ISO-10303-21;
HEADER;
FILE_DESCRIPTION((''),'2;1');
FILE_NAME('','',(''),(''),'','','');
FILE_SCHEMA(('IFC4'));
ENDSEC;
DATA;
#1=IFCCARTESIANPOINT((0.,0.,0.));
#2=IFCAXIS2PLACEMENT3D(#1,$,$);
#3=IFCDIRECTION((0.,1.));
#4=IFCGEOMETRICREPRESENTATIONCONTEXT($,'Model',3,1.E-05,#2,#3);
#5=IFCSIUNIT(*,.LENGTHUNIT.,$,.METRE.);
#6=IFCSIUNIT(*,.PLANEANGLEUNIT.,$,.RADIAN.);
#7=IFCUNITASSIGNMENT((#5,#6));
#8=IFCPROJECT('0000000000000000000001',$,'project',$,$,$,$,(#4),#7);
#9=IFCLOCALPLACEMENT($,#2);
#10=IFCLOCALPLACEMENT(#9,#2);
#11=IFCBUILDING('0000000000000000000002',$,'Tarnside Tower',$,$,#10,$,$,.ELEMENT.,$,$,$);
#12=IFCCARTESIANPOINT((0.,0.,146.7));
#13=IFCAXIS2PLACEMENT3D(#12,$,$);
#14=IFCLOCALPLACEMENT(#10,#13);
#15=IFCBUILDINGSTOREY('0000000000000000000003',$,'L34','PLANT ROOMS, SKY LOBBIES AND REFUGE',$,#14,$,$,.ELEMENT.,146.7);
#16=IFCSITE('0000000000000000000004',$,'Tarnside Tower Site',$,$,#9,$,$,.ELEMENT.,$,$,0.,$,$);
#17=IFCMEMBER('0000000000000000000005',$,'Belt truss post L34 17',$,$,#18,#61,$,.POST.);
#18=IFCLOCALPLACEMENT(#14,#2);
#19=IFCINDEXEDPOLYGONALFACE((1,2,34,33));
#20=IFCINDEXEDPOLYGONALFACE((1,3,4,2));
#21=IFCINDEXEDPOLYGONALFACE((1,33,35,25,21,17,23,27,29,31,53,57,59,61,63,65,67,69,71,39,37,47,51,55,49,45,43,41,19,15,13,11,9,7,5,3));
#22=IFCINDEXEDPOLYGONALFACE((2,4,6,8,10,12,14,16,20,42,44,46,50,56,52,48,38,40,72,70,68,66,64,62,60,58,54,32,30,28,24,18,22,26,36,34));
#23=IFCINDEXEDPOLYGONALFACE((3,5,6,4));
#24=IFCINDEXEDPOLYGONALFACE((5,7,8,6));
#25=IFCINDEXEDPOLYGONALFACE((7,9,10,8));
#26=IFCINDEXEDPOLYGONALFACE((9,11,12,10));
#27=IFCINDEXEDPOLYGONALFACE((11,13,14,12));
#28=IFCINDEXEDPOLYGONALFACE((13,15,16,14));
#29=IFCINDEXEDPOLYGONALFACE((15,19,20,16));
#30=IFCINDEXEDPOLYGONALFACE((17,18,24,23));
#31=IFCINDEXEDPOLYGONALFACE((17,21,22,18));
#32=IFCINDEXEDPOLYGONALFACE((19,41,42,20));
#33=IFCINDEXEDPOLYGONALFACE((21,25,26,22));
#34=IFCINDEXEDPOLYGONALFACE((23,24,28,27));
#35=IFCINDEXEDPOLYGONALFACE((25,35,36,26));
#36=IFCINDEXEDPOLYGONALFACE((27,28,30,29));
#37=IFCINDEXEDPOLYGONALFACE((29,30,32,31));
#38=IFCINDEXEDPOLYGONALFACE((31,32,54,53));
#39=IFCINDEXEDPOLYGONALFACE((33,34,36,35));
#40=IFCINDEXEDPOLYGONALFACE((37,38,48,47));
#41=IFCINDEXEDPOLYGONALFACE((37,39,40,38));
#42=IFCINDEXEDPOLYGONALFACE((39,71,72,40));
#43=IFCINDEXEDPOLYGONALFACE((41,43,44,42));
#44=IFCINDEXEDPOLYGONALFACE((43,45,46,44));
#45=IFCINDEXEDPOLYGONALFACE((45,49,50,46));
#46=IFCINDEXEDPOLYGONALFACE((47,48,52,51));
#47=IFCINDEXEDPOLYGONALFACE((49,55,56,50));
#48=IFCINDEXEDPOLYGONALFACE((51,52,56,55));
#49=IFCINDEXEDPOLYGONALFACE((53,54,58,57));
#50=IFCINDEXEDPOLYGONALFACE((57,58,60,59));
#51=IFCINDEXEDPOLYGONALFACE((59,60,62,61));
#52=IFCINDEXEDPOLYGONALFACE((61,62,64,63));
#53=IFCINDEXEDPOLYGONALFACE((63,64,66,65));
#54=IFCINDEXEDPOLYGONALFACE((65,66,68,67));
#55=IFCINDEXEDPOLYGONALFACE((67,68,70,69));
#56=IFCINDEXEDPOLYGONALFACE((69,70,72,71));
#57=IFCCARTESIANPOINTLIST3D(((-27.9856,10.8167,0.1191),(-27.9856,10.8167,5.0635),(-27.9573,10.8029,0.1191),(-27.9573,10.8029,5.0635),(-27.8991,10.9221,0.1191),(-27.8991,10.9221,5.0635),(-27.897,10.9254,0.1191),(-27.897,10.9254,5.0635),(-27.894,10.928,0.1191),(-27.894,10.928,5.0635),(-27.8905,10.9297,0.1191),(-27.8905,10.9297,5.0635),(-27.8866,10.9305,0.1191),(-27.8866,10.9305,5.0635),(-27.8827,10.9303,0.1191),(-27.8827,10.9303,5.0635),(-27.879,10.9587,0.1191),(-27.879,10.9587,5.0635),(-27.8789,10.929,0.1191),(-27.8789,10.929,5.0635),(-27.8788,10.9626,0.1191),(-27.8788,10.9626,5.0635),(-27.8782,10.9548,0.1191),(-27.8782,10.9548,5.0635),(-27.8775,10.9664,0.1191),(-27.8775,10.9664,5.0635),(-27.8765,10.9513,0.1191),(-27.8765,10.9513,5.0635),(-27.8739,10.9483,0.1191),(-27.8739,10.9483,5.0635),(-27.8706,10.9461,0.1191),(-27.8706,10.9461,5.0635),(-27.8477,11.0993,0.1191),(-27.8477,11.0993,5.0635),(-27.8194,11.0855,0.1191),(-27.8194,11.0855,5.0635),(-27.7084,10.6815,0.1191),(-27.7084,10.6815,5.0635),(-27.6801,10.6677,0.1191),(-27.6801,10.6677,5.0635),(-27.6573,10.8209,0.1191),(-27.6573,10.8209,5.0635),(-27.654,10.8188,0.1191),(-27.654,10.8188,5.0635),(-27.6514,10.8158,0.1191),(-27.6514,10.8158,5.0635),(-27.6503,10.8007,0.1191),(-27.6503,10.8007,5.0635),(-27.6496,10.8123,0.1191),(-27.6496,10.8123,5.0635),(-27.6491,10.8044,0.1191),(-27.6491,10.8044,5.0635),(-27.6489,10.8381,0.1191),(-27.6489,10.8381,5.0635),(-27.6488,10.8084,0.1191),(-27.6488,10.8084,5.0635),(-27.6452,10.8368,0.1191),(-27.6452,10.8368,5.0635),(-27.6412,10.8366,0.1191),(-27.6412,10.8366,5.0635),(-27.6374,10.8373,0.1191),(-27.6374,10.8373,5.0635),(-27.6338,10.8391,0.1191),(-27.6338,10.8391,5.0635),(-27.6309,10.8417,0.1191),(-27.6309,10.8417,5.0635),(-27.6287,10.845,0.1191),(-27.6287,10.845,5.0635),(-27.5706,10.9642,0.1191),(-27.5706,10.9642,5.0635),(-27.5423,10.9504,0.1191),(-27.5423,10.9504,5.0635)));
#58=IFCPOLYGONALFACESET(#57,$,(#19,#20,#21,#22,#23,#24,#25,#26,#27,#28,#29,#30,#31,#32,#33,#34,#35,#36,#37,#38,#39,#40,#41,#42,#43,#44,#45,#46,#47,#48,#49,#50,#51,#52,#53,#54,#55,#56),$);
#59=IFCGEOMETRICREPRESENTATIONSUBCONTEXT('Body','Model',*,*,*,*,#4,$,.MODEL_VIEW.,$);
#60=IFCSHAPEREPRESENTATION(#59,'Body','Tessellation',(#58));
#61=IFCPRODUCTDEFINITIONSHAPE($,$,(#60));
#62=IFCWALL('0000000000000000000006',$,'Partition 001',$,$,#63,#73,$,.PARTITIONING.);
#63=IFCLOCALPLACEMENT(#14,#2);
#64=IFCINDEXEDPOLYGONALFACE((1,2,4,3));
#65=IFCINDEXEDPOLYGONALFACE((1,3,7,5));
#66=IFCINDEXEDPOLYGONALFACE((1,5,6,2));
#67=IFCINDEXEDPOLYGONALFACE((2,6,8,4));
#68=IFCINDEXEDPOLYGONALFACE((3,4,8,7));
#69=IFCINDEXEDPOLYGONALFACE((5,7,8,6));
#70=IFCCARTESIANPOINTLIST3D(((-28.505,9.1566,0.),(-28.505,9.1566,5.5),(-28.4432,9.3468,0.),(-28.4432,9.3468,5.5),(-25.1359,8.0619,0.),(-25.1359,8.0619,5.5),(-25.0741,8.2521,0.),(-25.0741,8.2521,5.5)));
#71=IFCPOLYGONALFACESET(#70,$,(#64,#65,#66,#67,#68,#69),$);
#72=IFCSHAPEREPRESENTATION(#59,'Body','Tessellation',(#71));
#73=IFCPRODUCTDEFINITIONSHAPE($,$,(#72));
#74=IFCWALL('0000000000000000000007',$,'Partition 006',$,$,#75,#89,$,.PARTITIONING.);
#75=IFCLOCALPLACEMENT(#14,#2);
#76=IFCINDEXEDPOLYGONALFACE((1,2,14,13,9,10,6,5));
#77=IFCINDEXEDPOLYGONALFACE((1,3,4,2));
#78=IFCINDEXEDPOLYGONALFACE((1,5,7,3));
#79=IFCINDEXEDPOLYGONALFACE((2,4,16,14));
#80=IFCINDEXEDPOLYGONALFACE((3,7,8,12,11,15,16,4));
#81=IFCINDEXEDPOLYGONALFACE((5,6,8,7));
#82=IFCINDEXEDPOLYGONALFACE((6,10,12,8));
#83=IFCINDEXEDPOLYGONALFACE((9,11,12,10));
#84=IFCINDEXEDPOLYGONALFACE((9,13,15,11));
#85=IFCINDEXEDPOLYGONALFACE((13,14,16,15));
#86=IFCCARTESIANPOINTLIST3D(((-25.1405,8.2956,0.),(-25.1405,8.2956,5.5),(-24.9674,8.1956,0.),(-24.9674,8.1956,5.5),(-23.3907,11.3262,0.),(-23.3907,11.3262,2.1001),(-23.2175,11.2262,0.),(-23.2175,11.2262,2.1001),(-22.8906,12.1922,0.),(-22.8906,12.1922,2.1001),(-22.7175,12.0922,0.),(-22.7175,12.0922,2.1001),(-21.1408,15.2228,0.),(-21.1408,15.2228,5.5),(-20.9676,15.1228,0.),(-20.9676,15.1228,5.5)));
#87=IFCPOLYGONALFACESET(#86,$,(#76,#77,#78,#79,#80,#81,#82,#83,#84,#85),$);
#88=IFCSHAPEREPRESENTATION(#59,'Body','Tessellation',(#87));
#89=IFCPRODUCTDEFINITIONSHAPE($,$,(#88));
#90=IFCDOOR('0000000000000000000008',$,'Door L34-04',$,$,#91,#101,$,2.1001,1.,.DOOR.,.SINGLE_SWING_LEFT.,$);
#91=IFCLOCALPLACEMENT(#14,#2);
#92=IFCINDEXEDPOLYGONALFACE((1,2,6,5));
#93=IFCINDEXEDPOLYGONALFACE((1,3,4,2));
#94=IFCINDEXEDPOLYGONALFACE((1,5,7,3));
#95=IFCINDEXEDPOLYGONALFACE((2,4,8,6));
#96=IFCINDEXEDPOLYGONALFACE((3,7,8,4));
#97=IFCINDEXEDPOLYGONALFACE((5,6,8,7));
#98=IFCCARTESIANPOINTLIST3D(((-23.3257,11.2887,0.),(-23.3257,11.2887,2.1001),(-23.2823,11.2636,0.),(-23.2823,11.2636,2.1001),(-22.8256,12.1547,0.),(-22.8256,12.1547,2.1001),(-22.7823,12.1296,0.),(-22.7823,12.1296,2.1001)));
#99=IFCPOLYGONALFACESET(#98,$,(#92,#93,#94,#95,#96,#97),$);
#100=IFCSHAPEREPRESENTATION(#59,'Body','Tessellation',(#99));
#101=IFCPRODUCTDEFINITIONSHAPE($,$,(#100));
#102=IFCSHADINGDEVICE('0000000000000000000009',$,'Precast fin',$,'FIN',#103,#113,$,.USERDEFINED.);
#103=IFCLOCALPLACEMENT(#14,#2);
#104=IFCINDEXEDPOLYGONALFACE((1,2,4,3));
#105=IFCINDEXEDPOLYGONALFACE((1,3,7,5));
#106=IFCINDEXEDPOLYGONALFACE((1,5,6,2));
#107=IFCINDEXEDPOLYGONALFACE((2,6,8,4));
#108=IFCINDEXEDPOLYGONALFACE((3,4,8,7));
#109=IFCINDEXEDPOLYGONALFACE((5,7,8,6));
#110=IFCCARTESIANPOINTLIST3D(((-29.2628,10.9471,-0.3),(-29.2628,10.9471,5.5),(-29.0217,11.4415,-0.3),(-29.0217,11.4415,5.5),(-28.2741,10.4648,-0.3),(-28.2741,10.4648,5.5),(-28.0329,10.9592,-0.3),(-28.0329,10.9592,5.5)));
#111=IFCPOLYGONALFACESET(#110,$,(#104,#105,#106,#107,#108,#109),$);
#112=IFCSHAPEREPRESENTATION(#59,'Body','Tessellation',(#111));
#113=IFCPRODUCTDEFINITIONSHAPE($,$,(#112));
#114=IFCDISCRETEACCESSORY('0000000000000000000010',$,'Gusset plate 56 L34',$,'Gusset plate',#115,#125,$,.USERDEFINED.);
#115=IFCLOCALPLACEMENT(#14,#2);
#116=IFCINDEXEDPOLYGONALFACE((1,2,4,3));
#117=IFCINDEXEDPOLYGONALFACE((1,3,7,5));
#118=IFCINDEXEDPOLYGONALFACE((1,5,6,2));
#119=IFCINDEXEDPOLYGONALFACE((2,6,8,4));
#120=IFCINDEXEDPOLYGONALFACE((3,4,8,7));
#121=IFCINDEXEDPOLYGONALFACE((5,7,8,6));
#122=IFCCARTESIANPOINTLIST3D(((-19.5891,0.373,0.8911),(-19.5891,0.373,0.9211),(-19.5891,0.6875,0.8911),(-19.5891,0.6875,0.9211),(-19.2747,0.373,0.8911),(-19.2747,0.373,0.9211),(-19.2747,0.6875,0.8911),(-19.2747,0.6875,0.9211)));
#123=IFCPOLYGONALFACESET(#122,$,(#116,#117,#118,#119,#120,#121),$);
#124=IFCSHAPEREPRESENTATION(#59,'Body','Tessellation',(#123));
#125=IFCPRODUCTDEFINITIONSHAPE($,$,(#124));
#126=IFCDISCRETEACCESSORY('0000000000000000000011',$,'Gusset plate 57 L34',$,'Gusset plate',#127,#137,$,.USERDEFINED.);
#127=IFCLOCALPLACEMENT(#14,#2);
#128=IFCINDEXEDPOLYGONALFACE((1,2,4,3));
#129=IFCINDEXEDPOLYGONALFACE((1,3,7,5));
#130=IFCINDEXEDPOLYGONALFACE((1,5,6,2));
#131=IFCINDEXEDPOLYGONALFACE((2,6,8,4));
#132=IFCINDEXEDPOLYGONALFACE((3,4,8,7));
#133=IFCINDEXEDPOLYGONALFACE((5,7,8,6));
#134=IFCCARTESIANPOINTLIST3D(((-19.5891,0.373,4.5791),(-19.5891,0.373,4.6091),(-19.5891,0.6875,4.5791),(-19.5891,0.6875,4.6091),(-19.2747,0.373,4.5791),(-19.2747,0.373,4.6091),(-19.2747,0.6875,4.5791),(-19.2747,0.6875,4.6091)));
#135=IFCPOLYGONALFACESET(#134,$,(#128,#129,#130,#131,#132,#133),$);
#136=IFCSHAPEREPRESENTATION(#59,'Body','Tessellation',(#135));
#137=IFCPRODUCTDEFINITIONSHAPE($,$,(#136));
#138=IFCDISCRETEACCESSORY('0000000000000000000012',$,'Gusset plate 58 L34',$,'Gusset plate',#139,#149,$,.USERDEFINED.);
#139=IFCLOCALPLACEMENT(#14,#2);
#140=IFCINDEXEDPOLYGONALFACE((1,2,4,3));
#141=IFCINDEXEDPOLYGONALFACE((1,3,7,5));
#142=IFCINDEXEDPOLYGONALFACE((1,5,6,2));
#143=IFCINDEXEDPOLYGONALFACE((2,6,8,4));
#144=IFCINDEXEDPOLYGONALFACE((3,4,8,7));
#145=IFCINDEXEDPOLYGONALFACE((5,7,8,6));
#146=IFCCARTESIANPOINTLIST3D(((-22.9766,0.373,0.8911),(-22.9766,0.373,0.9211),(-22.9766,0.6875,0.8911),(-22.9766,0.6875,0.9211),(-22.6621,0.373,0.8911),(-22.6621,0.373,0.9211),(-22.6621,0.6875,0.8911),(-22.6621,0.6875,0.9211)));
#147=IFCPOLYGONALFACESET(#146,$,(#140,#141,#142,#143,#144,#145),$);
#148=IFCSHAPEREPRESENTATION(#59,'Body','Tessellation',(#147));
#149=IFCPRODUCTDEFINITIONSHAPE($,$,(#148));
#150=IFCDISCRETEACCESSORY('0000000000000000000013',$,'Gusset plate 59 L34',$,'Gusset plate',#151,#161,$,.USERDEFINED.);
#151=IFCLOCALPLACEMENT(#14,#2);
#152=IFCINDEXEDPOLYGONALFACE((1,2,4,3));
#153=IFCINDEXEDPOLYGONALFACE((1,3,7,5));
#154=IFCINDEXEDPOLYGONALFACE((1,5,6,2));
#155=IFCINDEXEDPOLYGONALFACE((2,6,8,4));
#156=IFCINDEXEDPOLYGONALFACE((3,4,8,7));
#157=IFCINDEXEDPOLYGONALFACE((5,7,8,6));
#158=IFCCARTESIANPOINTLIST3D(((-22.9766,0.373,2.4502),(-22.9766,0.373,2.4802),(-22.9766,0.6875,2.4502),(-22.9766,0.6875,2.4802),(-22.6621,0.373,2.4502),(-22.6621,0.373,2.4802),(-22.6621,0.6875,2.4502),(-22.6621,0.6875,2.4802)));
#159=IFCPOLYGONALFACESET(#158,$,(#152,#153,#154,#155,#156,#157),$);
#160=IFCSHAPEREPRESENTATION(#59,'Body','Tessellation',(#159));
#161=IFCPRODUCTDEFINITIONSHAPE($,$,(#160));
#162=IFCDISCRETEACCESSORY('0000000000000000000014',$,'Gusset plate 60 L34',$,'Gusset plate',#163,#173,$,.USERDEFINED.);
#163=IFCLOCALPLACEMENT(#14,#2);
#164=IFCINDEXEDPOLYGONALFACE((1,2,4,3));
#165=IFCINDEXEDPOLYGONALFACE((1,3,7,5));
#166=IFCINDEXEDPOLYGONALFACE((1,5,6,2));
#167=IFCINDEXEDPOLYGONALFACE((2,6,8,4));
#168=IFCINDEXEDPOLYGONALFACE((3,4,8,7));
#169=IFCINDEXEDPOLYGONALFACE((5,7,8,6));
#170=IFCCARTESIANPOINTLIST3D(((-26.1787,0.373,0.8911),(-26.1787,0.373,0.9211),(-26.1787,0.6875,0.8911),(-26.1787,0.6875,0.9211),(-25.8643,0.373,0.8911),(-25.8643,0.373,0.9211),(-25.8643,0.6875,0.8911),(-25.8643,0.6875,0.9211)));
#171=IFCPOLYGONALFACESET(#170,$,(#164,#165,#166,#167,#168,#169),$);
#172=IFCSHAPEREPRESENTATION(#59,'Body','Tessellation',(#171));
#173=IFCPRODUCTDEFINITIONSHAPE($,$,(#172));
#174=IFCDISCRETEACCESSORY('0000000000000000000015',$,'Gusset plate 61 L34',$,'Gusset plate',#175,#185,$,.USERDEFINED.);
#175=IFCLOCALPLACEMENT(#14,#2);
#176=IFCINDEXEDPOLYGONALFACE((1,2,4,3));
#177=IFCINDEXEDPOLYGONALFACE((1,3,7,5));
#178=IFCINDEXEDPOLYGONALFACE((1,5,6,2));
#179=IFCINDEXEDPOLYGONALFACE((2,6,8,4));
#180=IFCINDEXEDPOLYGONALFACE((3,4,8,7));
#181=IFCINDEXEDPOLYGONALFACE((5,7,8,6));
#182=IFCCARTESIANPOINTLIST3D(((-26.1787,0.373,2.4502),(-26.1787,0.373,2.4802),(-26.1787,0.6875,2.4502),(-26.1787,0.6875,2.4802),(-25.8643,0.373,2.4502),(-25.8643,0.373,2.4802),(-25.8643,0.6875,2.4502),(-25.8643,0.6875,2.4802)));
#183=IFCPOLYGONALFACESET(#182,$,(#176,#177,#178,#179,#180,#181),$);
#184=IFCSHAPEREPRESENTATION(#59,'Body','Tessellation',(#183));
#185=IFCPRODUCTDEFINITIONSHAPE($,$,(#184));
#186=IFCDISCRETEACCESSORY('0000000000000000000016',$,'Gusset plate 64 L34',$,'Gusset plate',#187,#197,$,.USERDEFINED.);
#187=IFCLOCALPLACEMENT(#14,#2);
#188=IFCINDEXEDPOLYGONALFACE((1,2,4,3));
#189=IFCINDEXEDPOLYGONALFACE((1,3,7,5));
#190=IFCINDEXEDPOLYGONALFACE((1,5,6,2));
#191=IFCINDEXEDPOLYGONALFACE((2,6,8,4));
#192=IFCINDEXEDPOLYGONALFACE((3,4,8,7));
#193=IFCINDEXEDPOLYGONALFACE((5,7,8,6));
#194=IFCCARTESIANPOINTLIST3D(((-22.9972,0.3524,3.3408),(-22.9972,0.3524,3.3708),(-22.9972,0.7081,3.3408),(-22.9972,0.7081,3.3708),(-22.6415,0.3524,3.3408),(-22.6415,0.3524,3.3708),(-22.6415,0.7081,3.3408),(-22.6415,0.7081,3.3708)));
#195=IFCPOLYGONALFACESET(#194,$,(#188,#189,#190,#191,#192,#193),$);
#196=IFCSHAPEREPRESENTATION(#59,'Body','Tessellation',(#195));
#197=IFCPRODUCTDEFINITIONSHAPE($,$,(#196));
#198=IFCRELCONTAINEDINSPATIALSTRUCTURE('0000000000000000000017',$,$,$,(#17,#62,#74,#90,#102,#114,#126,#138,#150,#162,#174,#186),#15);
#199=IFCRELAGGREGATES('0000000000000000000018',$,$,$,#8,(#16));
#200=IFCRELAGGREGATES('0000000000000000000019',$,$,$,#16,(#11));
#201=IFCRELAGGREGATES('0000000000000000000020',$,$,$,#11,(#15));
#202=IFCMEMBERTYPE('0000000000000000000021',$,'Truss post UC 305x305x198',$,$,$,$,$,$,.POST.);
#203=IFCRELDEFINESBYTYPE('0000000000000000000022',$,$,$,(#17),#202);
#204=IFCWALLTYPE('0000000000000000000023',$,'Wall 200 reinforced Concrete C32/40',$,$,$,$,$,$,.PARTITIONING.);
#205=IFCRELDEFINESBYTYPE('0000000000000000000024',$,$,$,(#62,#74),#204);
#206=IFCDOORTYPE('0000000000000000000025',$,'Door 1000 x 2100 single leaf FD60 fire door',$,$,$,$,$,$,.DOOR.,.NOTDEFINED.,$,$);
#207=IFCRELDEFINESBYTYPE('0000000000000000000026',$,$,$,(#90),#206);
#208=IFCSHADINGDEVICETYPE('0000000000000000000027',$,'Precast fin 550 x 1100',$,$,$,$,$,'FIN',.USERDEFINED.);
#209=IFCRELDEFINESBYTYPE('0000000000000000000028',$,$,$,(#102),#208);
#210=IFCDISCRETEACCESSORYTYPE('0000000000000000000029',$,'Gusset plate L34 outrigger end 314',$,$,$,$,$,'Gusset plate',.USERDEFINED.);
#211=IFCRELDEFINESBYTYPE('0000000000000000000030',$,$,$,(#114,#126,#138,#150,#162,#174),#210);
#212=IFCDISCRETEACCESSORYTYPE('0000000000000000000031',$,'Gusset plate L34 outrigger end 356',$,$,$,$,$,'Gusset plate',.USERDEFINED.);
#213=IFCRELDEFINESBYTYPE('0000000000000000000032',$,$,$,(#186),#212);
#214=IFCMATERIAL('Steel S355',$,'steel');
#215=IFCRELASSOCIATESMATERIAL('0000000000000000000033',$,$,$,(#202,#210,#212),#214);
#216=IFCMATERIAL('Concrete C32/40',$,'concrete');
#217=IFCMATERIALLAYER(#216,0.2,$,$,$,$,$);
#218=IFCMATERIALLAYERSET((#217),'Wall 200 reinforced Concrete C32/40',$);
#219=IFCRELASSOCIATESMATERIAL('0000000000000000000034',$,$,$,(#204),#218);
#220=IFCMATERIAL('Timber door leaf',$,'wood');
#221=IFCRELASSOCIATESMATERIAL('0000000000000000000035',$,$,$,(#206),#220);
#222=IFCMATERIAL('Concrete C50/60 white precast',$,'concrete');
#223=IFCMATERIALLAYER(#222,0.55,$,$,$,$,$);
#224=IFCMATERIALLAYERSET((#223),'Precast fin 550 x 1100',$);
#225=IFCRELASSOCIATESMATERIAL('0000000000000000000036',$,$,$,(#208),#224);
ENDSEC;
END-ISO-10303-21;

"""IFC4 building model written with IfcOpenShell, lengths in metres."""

from ifc_helpers import new_model, si_unit, direction, frame, frame_2d, origin, origin_2d, place, context, subcontext, project, spatial, polyline, rectangle, i_section, outline, extrude, material, layer, layer_set, material_profile, profile_set, type_object, element, fill, save


model = new_model("IFC4")

# Units and contexts
model_context = context("Model", 3, precision=1e-05, world=origin(), true_north=direction((0.0, 1.0)))
body_context = subcontext(model_context, "Body", "Model", "MODEL_VIEW")
ifc_project = project(units=[si_unit("LENGTHUNIT", "METRE"), si_unit("PLANEANGLEUNIT", "RADIAN")], contexts=[model_context])

# Site, building, storey
site_placement = place(None, origin())
site = spatial("IfcSite", under=ifc_project, at=site_placement, Name="Tarnside Tower Site", CompositionType="ELEMENT", RefElevation=0.0)
building_placement = place(site_placement, origin())
building = spatial("IfcBuilding", under=site, at=building_placement, Name="Tarnside Tower", CompositionType="ELEMENT")
storey_placement = place(building_placement, frame((0.0, 0.0, 146.7)))
storey = spatial("IfcBuildingStorey", under=building, at=storey_placement, Name="L34", Description="PLANT ROOMS, SKY LOBBIES AND REFUGE", CompositionType="ELEMENT", Elevation=146.7)

# Shared definitions
ifc_material_1 = material(Name="Steel S355", Category="steel")

# Member
ifc_material_profile_1 = material_profile(ifc_material_1, i_section(OverallWidth=0.3145, OverallDepth=0.3398, WebThickness=0.019, FlangeThickness=0.0315, FilletRadius=0.0151, at=origin_2d()), Name="UC 305x305x198")
ifc_profile_set_1 = profile_set([ifc_material_profile_1], Name="Steel S355")
member_type_1 = type_object("IfcMemberType", Name="Truss post UC 305x305x198", PredefinedType="POST", material=ifc_profile_set_1)
member_1_placement = place(storey_placement, frame((-27.7639, 10.8835, 0.1191), z_axis=(0.0, 0.0, 1.0), x_axis=(-0.438371, -0.898794, 0.0)))
element("IfcMember", 1, at=member_1_placement, inside=storey, type_object=member_type_1, Name="Belt truss post L34 17", PredefinedType="POST", context=body_context, shape_type="SweptSolid", body=[
    extrude(i_section(OverallWidth=0.3145, OverallDepth=0.3398, WebThickness=0.019, FlangeThickness=0.0315, FilletRadius=0.0151, at=origin_2d()), origin(), (0.0, 0.0, 1.0), 4.9443),
])

# Wall
ifc_material_2 = material(Name="Concrete C32/40", Category="concrete")
ifc_layer_1 = layer(ifc_material_2, 0.2)
ifc_layer_set_1 = layer_set([ifc_layer_1], Name="Wall 200 reinforced Concrete C32/40")
wall_type = type_object("IfcWallType", Name="Wall 200 reinforced Concrete C32/40", PredefinedType="PARTITIONING", material=ifc_layer_set_1)
wall_1_placement = place(storey_placement, frame((-28.4741, 9.2517, 0.0), z_axis=(0.0, 0.0, 1.0), x_axis=(0.951054, -0.309024, 0.0)))
element("IfcWall", 2, at=wall_1_placement, inside=storey, type_object=wall_type, Name="Partition 001", PredefinedType="PARTITIONING", context=body_context, shape_type="SweptSolid", body=[
    extrude(rectangle(XDim=3.5425, YDim=0.2, at=frame_2d((1.7712, 0.0))), origin(), (0.0, 0.0, 1.0), 5.5),
])

# Wall, opening, door
wall_2_placement = place(storey_placement, frame((-25.054, 8.2456, 0.0), z_axis=(0.0, 0.0, 1.0), x_axis=(0.500029, 0.866009, 0.0)))
wall_2 = element("IfcWall", 3, at=wall_2_placement, inside=storey, type_object=wall_type, Name="Partition 006", PredefinedType="PARTITIONING", context=body_context, shape_type="SweptSolid", body=[
    extrude(rectangle(XDim=7.999, YDim=0.2, at=frame_2d((3.9995, 0.0))), origin(), (0.0, 0.0, 1.0), 5.5),
])
opening_placement = place(wall_2_placement, frame((3.4995, 0.0, 0.0)))
opening = element("IfcOpeningElement", 4, at=opening_placement, cuts=wall_2, PredefinedType="OPENING", context=body_context, shape_type="SweptSolid", body=[
    extrude(rectangle(XDim=1.0, YDim=2.1001, at=frame_2d((0.5, 1.05))), frame((0.0, 0.1099, 0.0), z_axis=(0.0, -1.0, 0.0), x_axis=(1.0, 0.0, 0.0)), (0.0, 0.0, 1.0), 0.22),
])
ifc_material_3 = material(Name="Timber door leaf", Category="wood")
door_type = type_object("IfcDoorType", Name="Door 1000 x 2100 single leaf FD60 fire door", OperationType="NOTDEFINED", PredefinedType="DOOR", material=ifc_material_3)
door_placement = place(opening_placement, origin())
door = element("IfcDoor", 5, at=door_placement, inside=storey, type_object=door_type, Name="Door L34-04", OperationType="SINGLE_SWING_LEFT", OverallHeight=2.1001, OverallWidth=1.0, PredefinedType="DOOR", context=body_context, shape_type="SweptSolid", body=[
    extrude(rectangle(XDim=1.0, YDim=2.1001, at=frame_2d((0.5, 1.05))), frame((0.0, 0.0249, 0.0), z_axis=(0.0, -1.0, 0.0), x_axis=(1.0, 0.0, 0.0)), (0.0, 0.0, 1.0), 0.05),
])
fill(opening, door)

# Shading device
ifc_material_4 = material(Name="Concrete C50/60 white precast", Category="concrete")
ifc_layer_2 = layer(ifc_material_4, 0.55)
ifc_layer_set_2 = layer_set([ifc_layer_2], Name="Precast fin 550 x 1100")
shading_device_type = type_object("IfcShadingDeviceType", Name="Precast fin 550 x 1100", ElementType="FIN", PredefinedType="USERDEFINED", material=ifc_layer_set_2)
shading_device_placement = place(storey_placement, frame((-28.1536, 10.7119, -0.3), z_axis=(0.438371, 0.898794, 0.0), x_axis=(-0.898794, 0.438371, 0.0)))
element("IfcShadingDevice", 6, at=shading_device_placement, inside=storey, type_object=shading_device_type, Name="Precast fin", ObjectType="FIN", PredefinedType="USERDEFINED", context=body_context, shape_type="SweptSolid", body=[
    extrude(outline(polyline([(0.0, 0.0), (1.1001, 0.0), (1.1001, 5.8), (0.0, 5.8), (0.0, 0.0)])), frame((0.0, 0.0, -0.2749)), (0.0, 0.0, 1.0), 0.55),
])

# Discrete accessories
discrete_accessory_type_1 = type_object("IfcDiscreteAccessoryType", Name="Gusset plate L34 outrigger end 314", ElementType="Gusset plate", PredefinedType="USERDEFINED", material=ifc_material_1)
for number, where, z_axis, x_axis, name in (
    (7, (-19.4319, 0.5303, 0.8911), (0.0, 0.0, 1.0), (1.0, 0.0, 0.0), "Gusset plate 56 L34"),
    (8, (-19.4319, 0.5303, 4.5791), (0.0, 0.0, 1.0), (1.0, 0.0, 0.0), "Gusset plate 57 L34"),
    (9, (-22.8193, 0.5303, 0.8911), (0.0, 0.0, 1.0), (1.0, 0.0, 0.0), "Gusset plate 58 L34"),
    (10, (-22.8193, 0.5303, 2.4502), (0.0, 0.0, 1.0), (1.0, 0.0, 0.0), "Gusset plate 59 L34"),
    (11, (-26.0215, 0.5303, 0.8911), (0.0, 0.0, 1.0), (1.0, 0.0, 0.0), "Gusset plate 60 L34"),
    (12, (-26.0215, 0.5303, 2.4502), (0.0, 0.0, 1.0), (1.0, 0.0, 0.0), "Gusset plate 61 L34"),
):
    element("IfcDiscreteAccessory", number, at=place(storey_placement, frame(where, z_axis=z_axis, x_axis=x_axis)), inside=storey, type_object=discrete_accessory_type_1, Name=name, ObjectType="Gusset plate", PredefinedType="USERDEFINED", context=body_context, shape_type="SweptSolid", body=[
        extrude(rectangle(XDim=0.3145, YDim=0.3145, at=origin_2d()), origin(), (0.0, 0.0, 1.0), 0.03),
    ])
discrete_accessory_type_2 = type_object("IfcDiscreteAccessoryType", Name="Gusset plate L34 outrigger end 356", ElementType="Gusset plate", PredefinedType="USERDEFINED", material=ifc_material_1)
for number, where, z_axis, x_axis, name in (
    (13, (-22.8193, 0.5303, 3.3408), (0.0, 0.0, 1.0), (1.0, 0.0, 0.0), "Gusset plate 64 L34"),
):
    element("IfcDiscreteAccessory", number, at=place(storey_placement, frame(where, z_axis=z_axis, x_axis=x_axis)), inside=storey, type_object=discrete_accessory_type_2, Name=name, ObjectType="Gusset plate", PredefinedType="USERDEFINED", context=body_context, shape_type="SweptSolid", body=[
        extrude(rectangle(XDim=0.3557, YDim=0.3557, at=origin_2d()), origin(), (0.0, 0.0, 1.0), 0.03),
    ])

save(model, "model.ifc")
